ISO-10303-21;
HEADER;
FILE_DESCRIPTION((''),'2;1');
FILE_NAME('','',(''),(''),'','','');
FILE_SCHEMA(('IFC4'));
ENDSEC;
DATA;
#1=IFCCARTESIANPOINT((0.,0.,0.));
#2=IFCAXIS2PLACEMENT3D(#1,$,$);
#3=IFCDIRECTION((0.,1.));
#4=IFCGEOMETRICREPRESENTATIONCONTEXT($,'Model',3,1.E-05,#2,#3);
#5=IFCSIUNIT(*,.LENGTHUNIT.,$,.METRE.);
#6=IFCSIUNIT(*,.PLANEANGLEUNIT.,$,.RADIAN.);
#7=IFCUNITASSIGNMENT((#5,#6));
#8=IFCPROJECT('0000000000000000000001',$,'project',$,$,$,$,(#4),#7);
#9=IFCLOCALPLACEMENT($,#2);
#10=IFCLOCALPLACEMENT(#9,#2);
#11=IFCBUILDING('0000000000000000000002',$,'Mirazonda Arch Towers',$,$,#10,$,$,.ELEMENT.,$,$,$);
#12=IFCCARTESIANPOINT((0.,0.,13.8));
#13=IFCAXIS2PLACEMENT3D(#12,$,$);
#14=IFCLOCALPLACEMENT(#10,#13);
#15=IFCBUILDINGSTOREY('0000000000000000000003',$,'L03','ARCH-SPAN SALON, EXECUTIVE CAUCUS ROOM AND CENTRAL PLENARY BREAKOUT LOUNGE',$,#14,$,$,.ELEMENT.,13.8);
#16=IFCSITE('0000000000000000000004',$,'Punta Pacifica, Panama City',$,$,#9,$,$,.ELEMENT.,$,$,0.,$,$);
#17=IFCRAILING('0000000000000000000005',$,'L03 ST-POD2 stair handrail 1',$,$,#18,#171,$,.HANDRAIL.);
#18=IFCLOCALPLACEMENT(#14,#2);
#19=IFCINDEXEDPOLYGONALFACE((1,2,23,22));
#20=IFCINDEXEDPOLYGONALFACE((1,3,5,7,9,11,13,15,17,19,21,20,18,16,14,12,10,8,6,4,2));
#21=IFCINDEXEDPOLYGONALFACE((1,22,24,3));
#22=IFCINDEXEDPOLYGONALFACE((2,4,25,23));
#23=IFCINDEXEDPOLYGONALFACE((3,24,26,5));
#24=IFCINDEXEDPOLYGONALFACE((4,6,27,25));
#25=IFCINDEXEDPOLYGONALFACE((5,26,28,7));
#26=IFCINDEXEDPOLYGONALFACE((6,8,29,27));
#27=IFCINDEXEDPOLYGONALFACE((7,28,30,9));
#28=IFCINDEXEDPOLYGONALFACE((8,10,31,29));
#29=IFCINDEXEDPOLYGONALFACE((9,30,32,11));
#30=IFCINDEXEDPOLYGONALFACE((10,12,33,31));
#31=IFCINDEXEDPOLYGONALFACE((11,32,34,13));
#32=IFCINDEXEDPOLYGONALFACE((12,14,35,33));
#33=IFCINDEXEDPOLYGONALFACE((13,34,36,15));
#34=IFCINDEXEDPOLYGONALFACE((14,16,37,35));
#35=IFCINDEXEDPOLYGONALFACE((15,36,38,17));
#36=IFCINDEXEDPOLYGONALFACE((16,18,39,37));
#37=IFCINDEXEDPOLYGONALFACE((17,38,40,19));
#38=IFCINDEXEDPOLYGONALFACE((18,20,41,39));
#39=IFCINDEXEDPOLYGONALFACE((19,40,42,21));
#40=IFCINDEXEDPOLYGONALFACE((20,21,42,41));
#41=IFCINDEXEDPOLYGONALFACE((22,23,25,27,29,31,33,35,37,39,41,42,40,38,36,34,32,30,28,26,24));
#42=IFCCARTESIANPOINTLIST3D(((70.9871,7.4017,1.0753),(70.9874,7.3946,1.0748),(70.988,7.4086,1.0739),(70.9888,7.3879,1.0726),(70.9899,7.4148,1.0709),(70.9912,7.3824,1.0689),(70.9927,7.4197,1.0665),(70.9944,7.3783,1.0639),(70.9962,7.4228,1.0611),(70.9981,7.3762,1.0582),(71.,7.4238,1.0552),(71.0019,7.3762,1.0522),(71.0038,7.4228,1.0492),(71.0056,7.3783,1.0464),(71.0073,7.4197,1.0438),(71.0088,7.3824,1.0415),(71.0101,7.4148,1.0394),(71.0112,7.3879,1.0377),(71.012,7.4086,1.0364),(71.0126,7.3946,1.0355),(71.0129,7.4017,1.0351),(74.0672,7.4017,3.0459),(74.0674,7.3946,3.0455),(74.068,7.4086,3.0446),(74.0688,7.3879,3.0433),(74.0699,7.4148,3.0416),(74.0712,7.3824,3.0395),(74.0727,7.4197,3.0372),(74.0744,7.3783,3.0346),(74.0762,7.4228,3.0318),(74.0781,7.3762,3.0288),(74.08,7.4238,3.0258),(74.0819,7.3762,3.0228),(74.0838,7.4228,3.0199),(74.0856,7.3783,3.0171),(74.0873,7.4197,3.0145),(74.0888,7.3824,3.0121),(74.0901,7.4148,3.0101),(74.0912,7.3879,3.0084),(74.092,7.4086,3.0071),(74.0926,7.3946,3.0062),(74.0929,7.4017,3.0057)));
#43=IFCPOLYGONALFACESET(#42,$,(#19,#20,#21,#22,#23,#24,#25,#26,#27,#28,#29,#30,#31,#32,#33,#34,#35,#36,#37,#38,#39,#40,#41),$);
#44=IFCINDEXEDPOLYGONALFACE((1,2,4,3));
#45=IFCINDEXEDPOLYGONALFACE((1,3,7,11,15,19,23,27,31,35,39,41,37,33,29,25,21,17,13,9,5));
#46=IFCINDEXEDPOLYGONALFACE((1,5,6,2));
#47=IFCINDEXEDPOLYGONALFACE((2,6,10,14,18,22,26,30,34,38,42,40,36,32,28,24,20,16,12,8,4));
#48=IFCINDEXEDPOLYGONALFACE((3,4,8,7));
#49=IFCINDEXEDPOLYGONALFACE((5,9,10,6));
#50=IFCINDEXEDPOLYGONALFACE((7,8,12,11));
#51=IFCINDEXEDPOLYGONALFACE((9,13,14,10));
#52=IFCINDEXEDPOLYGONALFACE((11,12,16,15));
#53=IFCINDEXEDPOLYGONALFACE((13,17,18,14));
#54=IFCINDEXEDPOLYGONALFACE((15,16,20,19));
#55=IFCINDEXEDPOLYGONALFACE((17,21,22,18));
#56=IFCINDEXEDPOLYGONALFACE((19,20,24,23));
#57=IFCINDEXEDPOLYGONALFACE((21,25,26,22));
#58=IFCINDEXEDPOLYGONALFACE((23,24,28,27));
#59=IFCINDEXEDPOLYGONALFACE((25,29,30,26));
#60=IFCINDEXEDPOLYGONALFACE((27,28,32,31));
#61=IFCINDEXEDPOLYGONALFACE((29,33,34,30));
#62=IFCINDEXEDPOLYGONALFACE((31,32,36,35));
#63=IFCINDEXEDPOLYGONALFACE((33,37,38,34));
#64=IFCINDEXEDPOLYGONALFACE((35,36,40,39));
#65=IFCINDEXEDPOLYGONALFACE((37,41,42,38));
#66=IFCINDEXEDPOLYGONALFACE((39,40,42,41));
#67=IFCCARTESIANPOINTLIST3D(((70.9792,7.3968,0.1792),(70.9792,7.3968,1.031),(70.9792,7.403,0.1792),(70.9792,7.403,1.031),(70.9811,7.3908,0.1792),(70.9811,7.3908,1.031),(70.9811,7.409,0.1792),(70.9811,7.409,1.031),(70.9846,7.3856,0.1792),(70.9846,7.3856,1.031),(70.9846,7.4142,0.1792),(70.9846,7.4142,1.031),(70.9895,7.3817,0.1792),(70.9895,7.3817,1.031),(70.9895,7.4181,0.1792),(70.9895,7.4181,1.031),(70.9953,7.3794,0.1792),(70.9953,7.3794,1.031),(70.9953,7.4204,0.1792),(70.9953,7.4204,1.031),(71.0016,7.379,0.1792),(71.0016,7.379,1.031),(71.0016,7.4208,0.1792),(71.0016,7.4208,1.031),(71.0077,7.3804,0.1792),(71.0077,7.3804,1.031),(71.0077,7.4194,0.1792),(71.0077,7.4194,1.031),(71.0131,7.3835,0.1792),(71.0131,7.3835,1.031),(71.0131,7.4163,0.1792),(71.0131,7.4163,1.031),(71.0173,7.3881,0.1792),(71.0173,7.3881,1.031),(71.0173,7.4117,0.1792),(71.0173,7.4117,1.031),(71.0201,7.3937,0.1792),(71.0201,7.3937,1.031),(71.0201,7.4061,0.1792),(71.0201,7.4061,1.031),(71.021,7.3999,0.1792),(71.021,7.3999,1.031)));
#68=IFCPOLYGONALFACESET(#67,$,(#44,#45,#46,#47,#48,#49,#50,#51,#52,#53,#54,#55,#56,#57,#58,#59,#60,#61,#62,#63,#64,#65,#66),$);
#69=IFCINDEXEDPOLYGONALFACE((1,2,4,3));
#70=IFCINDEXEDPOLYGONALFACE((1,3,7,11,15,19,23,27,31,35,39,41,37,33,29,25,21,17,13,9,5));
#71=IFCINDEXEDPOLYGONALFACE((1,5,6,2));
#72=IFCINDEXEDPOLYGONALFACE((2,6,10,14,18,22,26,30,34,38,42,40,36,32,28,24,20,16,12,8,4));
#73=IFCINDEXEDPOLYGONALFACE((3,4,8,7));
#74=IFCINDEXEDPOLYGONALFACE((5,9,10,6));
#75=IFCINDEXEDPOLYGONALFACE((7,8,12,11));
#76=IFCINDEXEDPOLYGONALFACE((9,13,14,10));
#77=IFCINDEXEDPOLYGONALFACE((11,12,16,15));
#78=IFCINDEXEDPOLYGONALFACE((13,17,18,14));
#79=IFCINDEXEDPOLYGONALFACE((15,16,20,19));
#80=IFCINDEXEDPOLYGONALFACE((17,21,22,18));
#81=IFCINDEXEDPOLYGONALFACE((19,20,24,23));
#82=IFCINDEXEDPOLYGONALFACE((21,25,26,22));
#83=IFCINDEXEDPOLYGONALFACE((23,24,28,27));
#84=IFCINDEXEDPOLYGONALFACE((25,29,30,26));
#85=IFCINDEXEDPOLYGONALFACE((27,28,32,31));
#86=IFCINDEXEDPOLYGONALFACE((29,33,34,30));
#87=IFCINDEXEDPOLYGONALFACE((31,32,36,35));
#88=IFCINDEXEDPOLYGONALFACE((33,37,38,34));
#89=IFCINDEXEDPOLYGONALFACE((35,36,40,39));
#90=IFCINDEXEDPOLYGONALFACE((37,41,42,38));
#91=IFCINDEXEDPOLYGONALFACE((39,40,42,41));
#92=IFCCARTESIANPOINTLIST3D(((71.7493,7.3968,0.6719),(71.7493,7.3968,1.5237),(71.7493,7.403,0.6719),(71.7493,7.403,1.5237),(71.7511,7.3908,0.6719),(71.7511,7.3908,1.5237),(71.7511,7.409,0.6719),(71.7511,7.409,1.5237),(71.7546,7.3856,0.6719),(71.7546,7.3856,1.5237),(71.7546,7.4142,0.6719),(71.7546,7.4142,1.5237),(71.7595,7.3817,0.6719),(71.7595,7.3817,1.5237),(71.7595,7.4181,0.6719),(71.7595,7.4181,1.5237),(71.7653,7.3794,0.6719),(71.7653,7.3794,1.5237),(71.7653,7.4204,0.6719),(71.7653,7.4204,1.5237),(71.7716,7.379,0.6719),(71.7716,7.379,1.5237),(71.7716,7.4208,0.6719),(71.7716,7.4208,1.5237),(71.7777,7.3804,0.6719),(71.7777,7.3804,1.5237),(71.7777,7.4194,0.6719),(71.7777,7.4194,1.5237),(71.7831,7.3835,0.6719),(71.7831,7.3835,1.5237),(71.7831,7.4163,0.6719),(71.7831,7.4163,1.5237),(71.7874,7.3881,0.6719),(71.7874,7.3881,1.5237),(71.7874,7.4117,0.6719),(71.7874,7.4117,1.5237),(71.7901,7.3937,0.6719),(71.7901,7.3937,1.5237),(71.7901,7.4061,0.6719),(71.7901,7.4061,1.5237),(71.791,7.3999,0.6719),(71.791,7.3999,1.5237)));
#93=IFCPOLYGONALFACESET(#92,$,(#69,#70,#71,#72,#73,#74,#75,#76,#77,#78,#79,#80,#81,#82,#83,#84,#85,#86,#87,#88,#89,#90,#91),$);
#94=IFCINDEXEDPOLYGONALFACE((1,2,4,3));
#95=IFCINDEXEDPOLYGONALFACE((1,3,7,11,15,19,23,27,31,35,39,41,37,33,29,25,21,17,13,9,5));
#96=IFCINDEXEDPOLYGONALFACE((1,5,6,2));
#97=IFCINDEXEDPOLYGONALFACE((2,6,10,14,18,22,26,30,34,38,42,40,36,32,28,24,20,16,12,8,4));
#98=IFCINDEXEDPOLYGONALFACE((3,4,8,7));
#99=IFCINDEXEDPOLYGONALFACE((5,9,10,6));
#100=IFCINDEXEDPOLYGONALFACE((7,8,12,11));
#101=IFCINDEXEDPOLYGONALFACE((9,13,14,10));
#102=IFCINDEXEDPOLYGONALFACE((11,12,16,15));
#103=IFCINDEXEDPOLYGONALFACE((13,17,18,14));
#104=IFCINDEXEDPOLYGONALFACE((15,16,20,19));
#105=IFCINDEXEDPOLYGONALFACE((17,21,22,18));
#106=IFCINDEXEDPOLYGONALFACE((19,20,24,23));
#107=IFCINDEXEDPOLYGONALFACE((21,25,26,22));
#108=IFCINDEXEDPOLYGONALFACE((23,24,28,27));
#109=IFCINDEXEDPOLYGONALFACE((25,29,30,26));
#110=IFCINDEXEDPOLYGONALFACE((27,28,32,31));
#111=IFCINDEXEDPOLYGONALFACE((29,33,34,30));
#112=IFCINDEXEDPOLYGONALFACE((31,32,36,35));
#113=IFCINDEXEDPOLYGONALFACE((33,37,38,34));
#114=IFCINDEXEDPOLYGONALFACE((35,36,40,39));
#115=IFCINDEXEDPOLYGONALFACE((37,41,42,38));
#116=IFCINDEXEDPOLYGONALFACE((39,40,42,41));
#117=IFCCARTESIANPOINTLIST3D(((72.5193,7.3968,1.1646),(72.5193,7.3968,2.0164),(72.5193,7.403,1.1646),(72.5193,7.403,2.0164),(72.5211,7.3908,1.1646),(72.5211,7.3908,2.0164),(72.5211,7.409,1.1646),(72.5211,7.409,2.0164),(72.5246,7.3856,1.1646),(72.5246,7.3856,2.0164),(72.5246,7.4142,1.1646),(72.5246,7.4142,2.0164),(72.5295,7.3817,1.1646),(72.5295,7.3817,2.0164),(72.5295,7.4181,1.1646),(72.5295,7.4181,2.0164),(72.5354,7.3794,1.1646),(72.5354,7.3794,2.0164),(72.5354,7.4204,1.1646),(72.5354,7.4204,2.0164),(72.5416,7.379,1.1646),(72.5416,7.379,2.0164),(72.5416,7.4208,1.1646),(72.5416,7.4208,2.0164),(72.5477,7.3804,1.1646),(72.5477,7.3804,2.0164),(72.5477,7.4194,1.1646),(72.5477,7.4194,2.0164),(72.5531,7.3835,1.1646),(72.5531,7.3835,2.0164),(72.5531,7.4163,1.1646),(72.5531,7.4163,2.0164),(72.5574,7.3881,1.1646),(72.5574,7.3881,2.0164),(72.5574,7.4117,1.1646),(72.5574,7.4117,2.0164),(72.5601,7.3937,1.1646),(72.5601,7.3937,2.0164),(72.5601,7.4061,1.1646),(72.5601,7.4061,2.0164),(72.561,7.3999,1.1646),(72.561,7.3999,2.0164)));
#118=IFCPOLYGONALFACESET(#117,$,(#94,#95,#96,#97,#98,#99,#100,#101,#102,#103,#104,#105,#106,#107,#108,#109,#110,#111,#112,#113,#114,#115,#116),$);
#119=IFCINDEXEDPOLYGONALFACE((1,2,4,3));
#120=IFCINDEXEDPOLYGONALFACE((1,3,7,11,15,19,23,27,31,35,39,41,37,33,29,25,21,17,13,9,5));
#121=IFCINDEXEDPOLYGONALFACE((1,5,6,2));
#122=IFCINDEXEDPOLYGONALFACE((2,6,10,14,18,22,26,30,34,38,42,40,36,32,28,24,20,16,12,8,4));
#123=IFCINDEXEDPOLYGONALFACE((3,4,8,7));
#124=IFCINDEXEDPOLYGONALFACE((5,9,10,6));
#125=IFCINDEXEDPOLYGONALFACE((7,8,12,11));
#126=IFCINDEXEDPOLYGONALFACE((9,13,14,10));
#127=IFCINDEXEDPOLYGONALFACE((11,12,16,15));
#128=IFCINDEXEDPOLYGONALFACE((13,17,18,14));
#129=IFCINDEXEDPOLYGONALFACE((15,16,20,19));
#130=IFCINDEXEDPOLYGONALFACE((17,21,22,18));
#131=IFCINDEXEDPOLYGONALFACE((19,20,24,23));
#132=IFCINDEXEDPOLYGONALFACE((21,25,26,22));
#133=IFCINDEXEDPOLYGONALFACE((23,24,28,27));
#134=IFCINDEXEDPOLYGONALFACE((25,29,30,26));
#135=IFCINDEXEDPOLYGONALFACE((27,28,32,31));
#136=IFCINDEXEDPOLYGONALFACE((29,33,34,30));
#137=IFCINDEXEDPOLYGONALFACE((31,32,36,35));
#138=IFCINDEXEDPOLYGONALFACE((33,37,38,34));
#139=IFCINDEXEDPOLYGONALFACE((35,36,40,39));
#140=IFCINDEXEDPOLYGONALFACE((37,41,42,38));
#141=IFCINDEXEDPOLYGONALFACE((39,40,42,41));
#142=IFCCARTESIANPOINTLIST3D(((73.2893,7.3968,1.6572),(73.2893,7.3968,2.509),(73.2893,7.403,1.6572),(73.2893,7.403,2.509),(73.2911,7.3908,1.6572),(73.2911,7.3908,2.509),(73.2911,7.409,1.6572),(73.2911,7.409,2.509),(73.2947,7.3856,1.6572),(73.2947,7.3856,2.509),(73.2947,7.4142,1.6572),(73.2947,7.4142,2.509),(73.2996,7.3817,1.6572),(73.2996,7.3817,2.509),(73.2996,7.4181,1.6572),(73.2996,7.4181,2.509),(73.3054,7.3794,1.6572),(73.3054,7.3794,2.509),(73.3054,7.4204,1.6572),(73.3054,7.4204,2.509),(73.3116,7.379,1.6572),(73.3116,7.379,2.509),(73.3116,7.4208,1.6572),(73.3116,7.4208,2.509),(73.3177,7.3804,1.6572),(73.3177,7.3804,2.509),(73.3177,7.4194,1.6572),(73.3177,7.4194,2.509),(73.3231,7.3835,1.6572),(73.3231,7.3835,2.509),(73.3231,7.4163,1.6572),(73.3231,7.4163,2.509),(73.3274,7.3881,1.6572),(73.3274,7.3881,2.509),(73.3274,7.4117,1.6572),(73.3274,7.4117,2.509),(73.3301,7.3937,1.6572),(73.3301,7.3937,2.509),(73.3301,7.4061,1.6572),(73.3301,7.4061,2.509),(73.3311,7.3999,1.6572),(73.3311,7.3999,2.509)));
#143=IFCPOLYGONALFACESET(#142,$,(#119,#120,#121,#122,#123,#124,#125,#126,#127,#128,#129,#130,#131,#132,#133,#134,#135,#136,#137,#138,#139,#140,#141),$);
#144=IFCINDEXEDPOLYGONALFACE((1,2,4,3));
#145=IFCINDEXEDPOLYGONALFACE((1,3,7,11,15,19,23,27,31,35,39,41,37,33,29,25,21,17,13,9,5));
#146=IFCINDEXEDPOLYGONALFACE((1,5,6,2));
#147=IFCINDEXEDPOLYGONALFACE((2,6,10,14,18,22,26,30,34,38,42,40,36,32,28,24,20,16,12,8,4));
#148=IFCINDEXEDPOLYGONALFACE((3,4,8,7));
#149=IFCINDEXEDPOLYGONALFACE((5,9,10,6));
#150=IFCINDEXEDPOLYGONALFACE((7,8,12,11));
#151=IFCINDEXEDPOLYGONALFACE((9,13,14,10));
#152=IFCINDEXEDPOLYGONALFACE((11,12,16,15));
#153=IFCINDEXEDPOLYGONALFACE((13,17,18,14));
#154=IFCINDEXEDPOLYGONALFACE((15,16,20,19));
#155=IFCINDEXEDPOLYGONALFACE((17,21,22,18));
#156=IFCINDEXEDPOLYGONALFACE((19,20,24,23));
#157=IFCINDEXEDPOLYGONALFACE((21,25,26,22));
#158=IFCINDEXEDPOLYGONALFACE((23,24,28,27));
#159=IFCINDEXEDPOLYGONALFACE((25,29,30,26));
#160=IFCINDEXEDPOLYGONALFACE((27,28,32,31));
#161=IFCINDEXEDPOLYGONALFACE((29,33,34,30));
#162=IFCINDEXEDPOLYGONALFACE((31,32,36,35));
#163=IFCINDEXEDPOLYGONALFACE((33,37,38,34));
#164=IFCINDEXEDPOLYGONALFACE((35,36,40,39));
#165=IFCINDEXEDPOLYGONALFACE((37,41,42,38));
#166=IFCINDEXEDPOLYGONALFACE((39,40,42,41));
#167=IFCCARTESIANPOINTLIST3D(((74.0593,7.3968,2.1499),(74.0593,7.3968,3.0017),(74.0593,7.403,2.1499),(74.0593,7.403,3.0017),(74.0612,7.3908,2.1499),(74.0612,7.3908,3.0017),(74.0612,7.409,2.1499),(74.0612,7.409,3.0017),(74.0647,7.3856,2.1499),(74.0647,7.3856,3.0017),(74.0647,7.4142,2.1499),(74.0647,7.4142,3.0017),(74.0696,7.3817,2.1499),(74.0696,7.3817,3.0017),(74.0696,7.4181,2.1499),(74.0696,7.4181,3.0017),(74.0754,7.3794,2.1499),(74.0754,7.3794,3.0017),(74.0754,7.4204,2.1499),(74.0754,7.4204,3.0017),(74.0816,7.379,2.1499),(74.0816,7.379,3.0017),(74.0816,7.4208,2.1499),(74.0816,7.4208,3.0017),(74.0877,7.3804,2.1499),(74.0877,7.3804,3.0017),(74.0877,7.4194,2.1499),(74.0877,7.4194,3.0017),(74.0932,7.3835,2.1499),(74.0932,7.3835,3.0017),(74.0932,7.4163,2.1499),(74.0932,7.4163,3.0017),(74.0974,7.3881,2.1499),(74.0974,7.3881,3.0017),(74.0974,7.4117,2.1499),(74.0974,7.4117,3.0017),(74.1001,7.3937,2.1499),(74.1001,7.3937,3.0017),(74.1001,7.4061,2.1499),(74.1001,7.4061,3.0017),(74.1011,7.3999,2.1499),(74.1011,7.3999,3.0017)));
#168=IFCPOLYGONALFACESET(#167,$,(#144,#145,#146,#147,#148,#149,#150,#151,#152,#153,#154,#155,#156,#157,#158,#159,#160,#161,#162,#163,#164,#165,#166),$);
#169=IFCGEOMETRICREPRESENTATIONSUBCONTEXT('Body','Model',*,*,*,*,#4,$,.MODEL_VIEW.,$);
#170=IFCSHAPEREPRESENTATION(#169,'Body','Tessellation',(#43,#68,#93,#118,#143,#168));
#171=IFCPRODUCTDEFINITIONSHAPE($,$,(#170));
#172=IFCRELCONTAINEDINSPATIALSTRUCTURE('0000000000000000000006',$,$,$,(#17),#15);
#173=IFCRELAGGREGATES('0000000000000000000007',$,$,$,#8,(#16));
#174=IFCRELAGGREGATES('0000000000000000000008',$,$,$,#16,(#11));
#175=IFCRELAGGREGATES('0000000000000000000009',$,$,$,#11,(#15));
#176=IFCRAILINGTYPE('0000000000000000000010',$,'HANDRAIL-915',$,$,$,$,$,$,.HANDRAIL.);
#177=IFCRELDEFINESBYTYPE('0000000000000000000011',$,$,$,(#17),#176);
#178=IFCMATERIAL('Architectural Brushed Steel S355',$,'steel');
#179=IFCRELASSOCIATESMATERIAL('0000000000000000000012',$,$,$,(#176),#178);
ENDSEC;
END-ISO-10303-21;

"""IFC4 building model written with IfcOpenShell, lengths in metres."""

from ifc_helpers import new_model, si_unit, direction, frame, origin, origin_2d, place, context, subcontext, project, spatial, circle, extrude, material, type_object, element, save


model = new_model("IFC4")

# Units and contexts
model_context = context("Model", 3, precision=1e-05, world=origin(), true_north=direction((0.0, 1.0)))
body_context = subcontext(model_context, "Body", "Model", "MODEL_VIEW")
ifc_project = project(units=[si_unit("LENGTHUNIT", "METRE"), si_unit("PLANEANGLEUNIT", "RADIAN")], contexts=[model_context])

# Site, building, storey
site_placement = place(None, origin())
site = spatial("IfcSite", under=ifc_project, at=site_placement, Name="Punta Pacifica, Panama City", CompositionType="ELEMENT", RefElevation=0.0)
building_placement = place(site_placement, origin())
building = spatial("IfcBuilding", under=site, at=building_placement, Name="Mirazonda Arch Towers", CompositionType="ELEMENT")
storey_placement = place(building_placement, frame((0.0, 0.0, 13.8)))
storey = spatial("IfcBuildingStorey", under=building, at=storey_placement, Name="L03", Description="ARCH-SPAN SALON, EXECUTIVE CAUCUS ROOM AND CENTRAL PLENARY BREAKOUT LOUNGE", CompositionType="ELEMENT", Elevation=13.8)

# Railing
ifc_material_1 = material(Name="Architectural Brushed Steel S355", Category="steel")
railing_type_1 = type_object("IfcRailingType", Name="HANDRAIL-915", PredefinedType="HANDRAIL", material=ifc_material_1)
railing_1_placement = place(storey_placement, frame((71.0, 7.3999, 0.1792)))
element("IfcRailing", 1, at=railing_1_placement, inside=storey, type_object=railing_type_1, Name="L03 ST-POD2 stair handrail 1", PredefinedType="HANDRAIL", context=body_context, shape_type="SweptSolid", body=[
    extrude(circle(Radius=0.0239, at=origin_2d()), frame((0.0, 0.0, 0.876), z_axis=(0.842339, 0.0, 0.538948), x_axis=(0.0, 1.0, 0.0)), (0.0, 0.0, 1.0), 3.6565),
    extrude(circle(Radius=0.021, at=origin_2d()), origin(), (0.0, 0.0, 1.0), 0.8518),
    extrude(circle(Radius=0.021, at=origin_2d()), frame((0.77, 0.0, 0.4927)), (0.0, 0.0, 1.0), 0.8518),
    extrude(circle(Radius=0.021, at=origin_2d()), frame((1.54, 0.0, 0.9854)), (0.0, 0.0, 1.0), 0.8518),
    extrude(circle(Radius=0.021, at=origin_2d()), frame((2.3101, 0.0, 1.478)), (0.0, 0.0, 1.0), 0.8518),
    extrude(circle(Radius=0.021, at=origin_2d()), frame((3.0801, 0.0, 1.9707)), (0.0, 0.0, 1.0), 0.8518),
])

save(model, "model.ifc")
